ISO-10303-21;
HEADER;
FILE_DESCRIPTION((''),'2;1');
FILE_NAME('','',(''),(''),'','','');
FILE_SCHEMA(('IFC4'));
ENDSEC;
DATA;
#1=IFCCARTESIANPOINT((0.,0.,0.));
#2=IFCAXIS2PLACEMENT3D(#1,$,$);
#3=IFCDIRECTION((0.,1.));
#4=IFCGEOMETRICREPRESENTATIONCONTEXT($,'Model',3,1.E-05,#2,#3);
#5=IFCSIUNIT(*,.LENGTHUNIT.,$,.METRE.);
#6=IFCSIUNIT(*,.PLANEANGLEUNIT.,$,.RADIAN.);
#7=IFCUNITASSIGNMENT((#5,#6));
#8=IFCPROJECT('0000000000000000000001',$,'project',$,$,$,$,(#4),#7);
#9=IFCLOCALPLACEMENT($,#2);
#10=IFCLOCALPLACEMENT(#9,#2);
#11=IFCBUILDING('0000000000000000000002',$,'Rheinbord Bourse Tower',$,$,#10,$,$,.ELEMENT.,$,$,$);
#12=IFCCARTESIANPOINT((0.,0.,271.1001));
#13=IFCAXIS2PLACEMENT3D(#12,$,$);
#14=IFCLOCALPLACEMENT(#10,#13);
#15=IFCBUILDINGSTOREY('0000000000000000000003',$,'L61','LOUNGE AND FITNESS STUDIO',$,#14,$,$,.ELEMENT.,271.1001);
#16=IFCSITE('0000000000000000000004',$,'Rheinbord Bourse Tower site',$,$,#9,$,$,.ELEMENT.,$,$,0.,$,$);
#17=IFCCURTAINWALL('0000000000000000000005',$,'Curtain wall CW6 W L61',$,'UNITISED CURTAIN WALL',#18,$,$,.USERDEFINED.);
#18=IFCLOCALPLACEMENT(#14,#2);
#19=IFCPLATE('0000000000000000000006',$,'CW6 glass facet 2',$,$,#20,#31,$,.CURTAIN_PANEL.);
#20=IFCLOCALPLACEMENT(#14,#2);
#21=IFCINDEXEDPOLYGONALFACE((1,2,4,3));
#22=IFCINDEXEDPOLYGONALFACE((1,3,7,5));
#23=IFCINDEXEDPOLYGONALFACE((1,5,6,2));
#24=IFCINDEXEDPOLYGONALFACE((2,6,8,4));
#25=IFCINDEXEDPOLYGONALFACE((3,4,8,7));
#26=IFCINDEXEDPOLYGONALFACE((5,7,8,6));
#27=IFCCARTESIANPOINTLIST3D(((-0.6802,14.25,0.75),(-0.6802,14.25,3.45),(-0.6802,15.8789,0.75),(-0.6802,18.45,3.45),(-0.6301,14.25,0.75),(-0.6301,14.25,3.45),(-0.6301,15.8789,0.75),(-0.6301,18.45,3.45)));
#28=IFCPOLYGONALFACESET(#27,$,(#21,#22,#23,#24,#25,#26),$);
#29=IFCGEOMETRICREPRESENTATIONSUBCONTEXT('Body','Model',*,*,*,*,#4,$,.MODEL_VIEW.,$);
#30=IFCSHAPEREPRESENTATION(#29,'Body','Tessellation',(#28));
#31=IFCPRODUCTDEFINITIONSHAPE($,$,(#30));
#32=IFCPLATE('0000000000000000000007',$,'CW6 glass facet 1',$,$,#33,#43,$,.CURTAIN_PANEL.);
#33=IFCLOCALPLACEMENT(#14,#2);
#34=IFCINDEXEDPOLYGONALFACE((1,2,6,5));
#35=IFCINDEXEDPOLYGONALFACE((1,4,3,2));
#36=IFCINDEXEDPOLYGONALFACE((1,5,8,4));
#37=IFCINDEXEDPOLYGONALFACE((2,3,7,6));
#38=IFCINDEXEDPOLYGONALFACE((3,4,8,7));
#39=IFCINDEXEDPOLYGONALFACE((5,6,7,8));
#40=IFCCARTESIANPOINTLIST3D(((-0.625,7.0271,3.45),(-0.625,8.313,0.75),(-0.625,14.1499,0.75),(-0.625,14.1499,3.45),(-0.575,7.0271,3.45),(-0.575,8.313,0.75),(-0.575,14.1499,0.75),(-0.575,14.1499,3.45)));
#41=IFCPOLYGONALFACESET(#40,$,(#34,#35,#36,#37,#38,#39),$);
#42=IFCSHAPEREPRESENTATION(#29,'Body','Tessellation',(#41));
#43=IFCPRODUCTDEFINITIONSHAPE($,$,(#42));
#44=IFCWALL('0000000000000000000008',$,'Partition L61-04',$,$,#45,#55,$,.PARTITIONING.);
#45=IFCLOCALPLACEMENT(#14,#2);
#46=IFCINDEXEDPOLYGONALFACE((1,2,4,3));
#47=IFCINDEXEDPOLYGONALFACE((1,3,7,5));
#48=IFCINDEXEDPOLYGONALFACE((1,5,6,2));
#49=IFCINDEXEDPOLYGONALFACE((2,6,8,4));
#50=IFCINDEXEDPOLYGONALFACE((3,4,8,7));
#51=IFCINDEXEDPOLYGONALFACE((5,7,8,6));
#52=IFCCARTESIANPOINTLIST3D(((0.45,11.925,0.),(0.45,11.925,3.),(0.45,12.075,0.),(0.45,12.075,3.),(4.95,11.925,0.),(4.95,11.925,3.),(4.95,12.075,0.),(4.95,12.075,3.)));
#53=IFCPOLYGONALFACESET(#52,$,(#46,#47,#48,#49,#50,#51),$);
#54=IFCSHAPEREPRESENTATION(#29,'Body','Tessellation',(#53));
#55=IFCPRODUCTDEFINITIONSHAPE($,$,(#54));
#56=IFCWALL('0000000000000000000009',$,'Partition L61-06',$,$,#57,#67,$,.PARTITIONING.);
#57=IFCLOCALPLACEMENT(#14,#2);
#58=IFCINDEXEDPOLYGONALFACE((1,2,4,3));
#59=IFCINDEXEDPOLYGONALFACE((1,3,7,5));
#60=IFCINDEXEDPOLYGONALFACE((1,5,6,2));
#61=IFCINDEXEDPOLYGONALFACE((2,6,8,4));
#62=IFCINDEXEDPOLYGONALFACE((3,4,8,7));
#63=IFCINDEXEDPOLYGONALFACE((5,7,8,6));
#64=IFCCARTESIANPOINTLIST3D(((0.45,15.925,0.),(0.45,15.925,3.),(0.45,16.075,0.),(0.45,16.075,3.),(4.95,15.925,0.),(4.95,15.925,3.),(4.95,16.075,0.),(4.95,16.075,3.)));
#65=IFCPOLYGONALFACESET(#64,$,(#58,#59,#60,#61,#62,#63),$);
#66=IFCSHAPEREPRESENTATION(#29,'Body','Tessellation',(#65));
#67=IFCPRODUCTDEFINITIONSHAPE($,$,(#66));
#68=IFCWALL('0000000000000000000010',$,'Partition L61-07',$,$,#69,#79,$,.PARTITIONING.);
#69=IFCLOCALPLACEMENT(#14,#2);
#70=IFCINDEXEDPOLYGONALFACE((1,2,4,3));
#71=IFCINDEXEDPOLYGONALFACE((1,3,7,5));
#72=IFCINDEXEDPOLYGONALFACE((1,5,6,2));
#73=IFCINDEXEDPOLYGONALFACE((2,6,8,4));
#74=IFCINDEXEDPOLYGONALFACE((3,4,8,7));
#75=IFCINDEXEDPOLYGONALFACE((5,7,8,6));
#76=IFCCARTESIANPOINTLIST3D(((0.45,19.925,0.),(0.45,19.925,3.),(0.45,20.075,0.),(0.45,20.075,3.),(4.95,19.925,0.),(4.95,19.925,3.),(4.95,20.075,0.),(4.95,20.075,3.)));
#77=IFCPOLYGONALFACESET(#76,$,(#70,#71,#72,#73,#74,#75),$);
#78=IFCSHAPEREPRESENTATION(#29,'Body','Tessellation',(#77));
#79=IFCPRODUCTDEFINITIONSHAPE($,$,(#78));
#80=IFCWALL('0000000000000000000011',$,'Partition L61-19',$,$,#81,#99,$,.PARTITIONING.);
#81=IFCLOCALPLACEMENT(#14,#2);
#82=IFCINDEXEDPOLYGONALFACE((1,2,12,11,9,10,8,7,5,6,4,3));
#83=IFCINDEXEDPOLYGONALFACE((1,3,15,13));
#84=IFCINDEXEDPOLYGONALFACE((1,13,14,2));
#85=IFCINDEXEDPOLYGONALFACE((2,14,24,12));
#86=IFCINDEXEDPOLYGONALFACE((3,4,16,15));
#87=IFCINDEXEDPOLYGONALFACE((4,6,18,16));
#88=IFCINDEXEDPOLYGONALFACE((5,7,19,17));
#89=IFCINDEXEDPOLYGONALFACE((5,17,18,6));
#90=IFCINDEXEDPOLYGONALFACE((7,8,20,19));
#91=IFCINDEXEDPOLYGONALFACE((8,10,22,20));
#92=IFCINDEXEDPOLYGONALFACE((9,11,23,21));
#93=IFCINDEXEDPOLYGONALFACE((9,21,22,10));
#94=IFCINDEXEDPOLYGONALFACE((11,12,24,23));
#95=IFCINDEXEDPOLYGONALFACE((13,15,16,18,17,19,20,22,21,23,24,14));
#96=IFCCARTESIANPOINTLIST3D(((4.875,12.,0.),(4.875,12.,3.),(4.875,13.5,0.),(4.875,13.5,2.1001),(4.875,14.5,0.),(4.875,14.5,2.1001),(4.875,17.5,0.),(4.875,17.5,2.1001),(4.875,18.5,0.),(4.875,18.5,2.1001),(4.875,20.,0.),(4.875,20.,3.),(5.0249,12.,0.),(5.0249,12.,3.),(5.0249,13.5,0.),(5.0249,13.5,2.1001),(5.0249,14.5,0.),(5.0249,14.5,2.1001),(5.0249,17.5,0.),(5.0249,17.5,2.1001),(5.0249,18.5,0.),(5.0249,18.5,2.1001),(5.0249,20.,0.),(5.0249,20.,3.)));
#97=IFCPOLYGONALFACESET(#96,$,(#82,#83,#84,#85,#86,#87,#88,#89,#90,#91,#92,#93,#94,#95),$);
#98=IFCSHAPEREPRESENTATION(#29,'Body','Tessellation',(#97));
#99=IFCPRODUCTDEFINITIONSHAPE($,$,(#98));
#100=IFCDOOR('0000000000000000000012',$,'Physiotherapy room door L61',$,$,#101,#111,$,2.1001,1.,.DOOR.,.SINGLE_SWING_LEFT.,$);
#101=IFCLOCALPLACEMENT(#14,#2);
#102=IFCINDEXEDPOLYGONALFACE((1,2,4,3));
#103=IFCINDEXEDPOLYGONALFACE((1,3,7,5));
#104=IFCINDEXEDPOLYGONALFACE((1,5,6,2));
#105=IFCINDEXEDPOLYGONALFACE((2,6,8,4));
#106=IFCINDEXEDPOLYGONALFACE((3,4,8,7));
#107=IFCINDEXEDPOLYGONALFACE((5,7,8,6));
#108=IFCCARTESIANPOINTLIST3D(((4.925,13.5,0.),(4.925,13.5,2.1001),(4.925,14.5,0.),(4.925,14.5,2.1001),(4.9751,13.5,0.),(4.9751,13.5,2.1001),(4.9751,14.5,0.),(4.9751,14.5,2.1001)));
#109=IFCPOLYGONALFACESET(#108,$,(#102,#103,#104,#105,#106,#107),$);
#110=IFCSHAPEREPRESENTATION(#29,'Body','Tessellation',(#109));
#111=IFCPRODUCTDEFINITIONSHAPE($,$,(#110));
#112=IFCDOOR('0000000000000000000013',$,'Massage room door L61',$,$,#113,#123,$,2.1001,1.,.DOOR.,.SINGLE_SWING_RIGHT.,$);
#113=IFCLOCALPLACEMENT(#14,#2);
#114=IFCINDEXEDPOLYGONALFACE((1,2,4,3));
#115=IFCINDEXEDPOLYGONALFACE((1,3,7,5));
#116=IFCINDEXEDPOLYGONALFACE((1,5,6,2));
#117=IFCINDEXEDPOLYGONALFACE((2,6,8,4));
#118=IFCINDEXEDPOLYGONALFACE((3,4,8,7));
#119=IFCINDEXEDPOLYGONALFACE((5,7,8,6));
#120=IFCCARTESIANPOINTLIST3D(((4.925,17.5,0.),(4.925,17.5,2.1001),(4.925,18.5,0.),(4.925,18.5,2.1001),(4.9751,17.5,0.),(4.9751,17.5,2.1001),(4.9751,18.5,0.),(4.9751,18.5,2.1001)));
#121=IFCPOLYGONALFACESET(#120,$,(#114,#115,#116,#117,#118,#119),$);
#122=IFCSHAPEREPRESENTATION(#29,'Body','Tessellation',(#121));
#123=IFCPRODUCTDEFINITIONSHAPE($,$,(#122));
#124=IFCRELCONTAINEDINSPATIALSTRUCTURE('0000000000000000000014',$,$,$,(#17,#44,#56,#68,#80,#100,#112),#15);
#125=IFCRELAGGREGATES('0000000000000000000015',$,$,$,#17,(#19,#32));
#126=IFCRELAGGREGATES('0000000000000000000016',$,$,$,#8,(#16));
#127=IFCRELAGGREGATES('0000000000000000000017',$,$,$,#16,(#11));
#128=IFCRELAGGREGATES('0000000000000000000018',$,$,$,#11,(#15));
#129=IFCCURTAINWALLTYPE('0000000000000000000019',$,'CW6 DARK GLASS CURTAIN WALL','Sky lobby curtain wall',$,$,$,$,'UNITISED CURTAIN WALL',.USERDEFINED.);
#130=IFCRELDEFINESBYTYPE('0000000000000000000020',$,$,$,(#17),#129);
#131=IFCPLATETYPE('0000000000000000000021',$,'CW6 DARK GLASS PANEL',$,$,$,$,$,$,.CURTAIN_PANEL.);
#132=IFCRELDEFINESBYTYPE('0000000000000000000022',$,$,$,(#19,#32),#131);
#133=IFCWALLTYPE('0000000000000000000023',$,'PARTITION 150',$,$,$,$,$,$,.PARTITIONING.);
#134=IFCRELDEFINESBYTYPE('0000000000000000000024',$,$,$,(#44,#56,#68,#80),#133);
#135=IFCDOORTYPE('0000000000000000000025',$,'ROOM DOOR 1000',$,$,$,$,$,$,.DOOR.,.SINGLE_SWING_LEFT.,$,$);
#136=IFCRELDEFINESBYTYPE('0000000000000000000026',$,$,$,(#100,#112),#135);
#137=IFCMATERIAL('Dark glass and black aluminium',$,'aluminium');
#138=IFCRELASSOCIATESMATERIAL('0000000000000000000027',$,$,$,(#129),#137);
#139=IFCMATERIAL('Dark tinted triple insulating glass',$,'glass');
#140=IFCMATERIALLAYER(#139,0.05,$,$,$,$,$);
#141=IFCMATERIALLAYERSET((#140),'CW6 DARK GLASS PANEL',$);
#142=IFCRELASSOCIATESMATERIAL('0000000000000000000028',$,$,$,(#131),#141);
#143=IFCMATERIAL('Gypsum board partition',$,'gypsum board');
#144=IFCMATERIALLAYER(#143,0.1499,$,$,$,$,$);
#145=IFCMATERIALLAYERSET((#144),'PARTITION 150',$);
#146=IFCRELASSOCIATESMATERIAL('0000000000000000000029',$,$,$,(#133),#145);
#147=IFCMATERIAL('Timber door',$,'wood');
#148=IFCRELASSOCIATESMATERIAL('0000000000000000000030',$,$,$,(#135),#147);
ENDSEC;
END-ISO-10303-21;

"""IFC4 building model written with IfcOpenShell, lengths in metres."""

from ifc_helpers import new_model, si_unit, direction, frame, frame_2d, origin, place, context, subcontext, project, spatial, polyline, rectangle, outline, extrude, material, layer, layer_set, type_object, element, fill, aggregate, save


model = new_model("IFC4")

# Units and contexts
model_context = context("Model", 3, precision=1e-05, world=origin(), true_north=direction((0.0, 1.0)))
body_context = subcontext(model_context, "Body", "Model", "MODEL_VIEW")
ifc_project = project(units=[si_unit("LENGTHUNIT", "METRE"), si_unit("PLANEANGLEUNIT", "RADIAN")], contexts=[model_context])

# Site, building, storey
site_placement = place(None, origin())
site = spatial("IfcSite", under=ifc_project, at=site_placement, Name="Rheinbord Bourse Tower site", CompositionType="ELEMENT", RefElevation=0.0)
building_placement = place(site_placement, origin())
building = spatial("IfcBuilding", under=site, at=building_placement, Name="Rheinbord Bourse Tower", CompositionType="ELEMENT")
storey_placement = place(building_placement, frame((0.0, 0.0, 271.1001)))
storey = spatial("IfcBuildingStorey", under=building, at=storey_placement, Name="L61", Description="LOUNGE AND FITNESS STUDIO", CompositionType="ELEMENT", Elevation=271.1001)

# Curtain wall
ifc_material_1 = material(Name="Dark glass and black aluminium", Category="aluminium")
curtain_wall_type = type_object("IfcCurtainWallType", Name="CW6 DARK GLASS CURTAIN WALL", Description="Sky lobby curtain wall", ElementType="UNITISED CURTAIN WALL", PredefinedType="USERDEFINED", material=ifc_material_1)
curtain_wall_placement = place(storey_placement, origin())
curtain_wall = element("IfcCurtainWall", 1, at=curtain_wall_placement, inside=storey, type_object=curtain_wall_type, Name="Curtain wall CW6 W L61", ObjectType="UNITISED CURTAIN WALL", PredefinedType="USERDEFINED")

# Plates
ifc_material_2 = material(Name="Dark tinted triple insulating glass", Category="glass")
ifc_layer_1 = layer(ifc_material_2, 0.05)
ifc_layer_set_1 = layer_set([ifc_layer_1], Name="CW6 DARK GLASS PANEL")
plate_type = type_object("IfcPlateType", Name="CW6 DARK GLASS PANEL", PredefinedType="CURTAIN_PANEL", material=ifc_layer_set_1)
plate_1_placement = place(storey_placement, frame((-0.6802, 14.25, 3.45), z_axis=(1.0, 0.0, 0.0), x_axis=(0.0, 0.0, -1.0)))
plate_1 = element("IfcPlate", 2, at=plate_1_placement, type_object=plate_type, Name="CW6 glass facet 2", PredefinedType="CURTAIN_PANEL", context=body_context, shape_type="SweptSolid", body=[
    extrude(outline(polyline([(0.0, 0.0), (2.7, 0.0), (2.7, 1.6289), (0.0, 4.2), (0.0, 0.0)])), origin(), (0.0, 0.0, 1.0), 0.05),
])
plate_2_placement = place(storey_placement, frame((-0.625, 14.1499, 0.75), z_axis=(1.0, 0.0, 0.0), x_axis=(0.0, 0.0, 1.0)))
plate_2 = element("IfcPlate", 3, at=plate_2_placement, type_object=plate_type, Name="CW6 glass facet 1", PredefinedType="CURTAIN_PANEL", context=body_context, shape_type="SweptSolid", body=[
    extrude(outline(polyline([(0.0, 0.0), (2.7, 0.0), (2.7, 7.1228), (0.0, 5.8369), (0.0, 0.0)])), origin(), (0.0, 0.0, 1.0), 0.05),
])
aggregate(curtain_wall, [plate_1, plate_2])

# Walls
ifc_material_3 = material(Name="Gypsum board partition", Category="gypsum board")
ifc_layer_2 = layer(ifc_material_3, 0.1499)
ifc_layer_set_2 = layer_set([ifc_layer_2], Name="PARTITION 150")
wall_type = type_object("IfcWallType", Name="PARTITION 150", PredefinedType="PARTITIONING", material=ifc_layer_set_2)
for number, where, z_axis, x_axis, name in (
    (4, (0.45, 12.0, 0.0), (0.0, 0.0, 1.0), (1.0, 0.0, 0.0), "Partition L61-04"),
    (5, (0.45, 16.0, 0.0), (0.0, 0.0, 1.0), (1.0, 0.0, 0.0), "Partition L61-06"),
    (6, (0.45, 20.0, 0.0), (0.0, 0.0, 1.0), (1.0, 0.0, 0.0), "Partition L61-07"),
):
    element("IfcWall", number, at=place(storey_placement, frame(where, z_axis=z_axis, x_axis=x_axis)), inside=storey, type_object=wall_type, Name=name, PredefinedType="PARTITIONING", context=body_context, shape_type="SweptSolid", body=[
        extrude(rectangle(XDim=4.5, YDim=0.1499, at=frame_2d((2.25, 0.0))), origin(), (0.0, 0.0, 1.0), 3.0),
    ])

# Wall, openings, doors
wall_placement = place(storey_placement, frame((4.95, 12.0, 0.0), z_axis=(0.0, 0.0, 1.0), x_axis=(0.0, 1.0, 0.0)))
wall = element("IfcWall", 7, at=wall_placement, inside=storey, type_object=wall_type, Name="Partition L61-19", PredefinedType="PARTITIONING", context=body_context, shape_type="SweptSolid", body=[
    extrude(rectangle(XDim=8.0, YDim=0.1499, at=frame_2d((4.0, 0.0))), origin(), (0.0, 0.0, 1.0), 3.0),
])
opening_1_placement = place(wall_placement, frame((1.5, 0.0, 0.0)))
opening_1 = element("IfcOpeningElement", 8, at=opening_1_placement, cuts=wall, PredefinedType="OPENING", context=body_context, shape_type="SweptSolid", body=[
    extrude(rectangle(XDim=1.0, YDim=2.1001, at=frame_2d((0.5, 1.05))), frame((0.0, 0.085, 0.0), z_axis=(0.0, -1.0, 0.0), x_axis=(1.0, 0.0, 0.0)), (0.0, 0.0, 1.0), 0.1699),
])
opening_2_placement = place(wall_placement, frame((5.5, 0.0, 0.0)))
opening_2 = element("IfcOpeningElement", 9, at=opening_2_placement, cuts=wall, PredefinedType="OPENING", context=body_context, shape_type="SweptSolid", body=[
    extrude(rectangle(XDim=1.0, YDim=2.1001, at=frame_2d((0.5, 1.05))), frame((0.0, 0.085, 0.0), z_axis=(0.0, -1.0, 0.0), x_axis=(1.0, 0.0, 0.0)), (0.0, 0.0, 1.0), 0.1699),
])
ifc_material_4 = material(Name="Timber door", Category="wood")
door_type = type_object("IfcDoorType", Name="ROOM DOOR 1000", OperationType="SINGLE_SWING_LEFT", PredefinedType="DOOR", material=ifc_material_4)
door_1_placement = place(opening_1_placement, origin())
door_1 = element("IfcDoor", 10, at=door_1_placement, inside=storey, type_object=door_type, Name="Physiotherapy room door L61", OperationType="SINGLE_SWING_LEFT", OverallHeight=2.1001, OverallWidth=1.0, PredefinedType="DOOR", context=body_context, shape_type="SweptSolid", body=[
    extrude(rectangle(XDim=1.0, YDim=2.1001, at=frame_2d((0.5, 1.05))), frame((0.0, 0.0249, 0.0), z_axis=(0.0, -1.0, 0.0), x_axis=(1.0, 0.0, 0.0)), (0.0, 0.0, 1.0), 0.05),
])
fill(opening_1, door_1)
door_2_placement = place(opening_2_placement, origin())
door_2 = element("IfcDoor", 11, at=door_2_placement, inside=storey, type_object=door_type, Name="Massage room door L61", OperationType="SINGLE_SWING_RIGHT", OverallHeight=2.1001, OverallWidth=1.0, PredefinedType="DOOR", context=body_context, shape_type="SweptSolid", body=[
    extrude(rectangle(XDim=1.0, YDim=2.1001, at=frame_2d((0.5, 1.05))), frame((0.0, 0.0249, 0.0), z_axis=(0.0, -1.0, 0.0), x_axis=(1.0, 0.0, 0.0)), (0.0, 0.0, 1.0), 0.05),
])
fill(opening_2, door_2)

save(model, "model.ifc")
